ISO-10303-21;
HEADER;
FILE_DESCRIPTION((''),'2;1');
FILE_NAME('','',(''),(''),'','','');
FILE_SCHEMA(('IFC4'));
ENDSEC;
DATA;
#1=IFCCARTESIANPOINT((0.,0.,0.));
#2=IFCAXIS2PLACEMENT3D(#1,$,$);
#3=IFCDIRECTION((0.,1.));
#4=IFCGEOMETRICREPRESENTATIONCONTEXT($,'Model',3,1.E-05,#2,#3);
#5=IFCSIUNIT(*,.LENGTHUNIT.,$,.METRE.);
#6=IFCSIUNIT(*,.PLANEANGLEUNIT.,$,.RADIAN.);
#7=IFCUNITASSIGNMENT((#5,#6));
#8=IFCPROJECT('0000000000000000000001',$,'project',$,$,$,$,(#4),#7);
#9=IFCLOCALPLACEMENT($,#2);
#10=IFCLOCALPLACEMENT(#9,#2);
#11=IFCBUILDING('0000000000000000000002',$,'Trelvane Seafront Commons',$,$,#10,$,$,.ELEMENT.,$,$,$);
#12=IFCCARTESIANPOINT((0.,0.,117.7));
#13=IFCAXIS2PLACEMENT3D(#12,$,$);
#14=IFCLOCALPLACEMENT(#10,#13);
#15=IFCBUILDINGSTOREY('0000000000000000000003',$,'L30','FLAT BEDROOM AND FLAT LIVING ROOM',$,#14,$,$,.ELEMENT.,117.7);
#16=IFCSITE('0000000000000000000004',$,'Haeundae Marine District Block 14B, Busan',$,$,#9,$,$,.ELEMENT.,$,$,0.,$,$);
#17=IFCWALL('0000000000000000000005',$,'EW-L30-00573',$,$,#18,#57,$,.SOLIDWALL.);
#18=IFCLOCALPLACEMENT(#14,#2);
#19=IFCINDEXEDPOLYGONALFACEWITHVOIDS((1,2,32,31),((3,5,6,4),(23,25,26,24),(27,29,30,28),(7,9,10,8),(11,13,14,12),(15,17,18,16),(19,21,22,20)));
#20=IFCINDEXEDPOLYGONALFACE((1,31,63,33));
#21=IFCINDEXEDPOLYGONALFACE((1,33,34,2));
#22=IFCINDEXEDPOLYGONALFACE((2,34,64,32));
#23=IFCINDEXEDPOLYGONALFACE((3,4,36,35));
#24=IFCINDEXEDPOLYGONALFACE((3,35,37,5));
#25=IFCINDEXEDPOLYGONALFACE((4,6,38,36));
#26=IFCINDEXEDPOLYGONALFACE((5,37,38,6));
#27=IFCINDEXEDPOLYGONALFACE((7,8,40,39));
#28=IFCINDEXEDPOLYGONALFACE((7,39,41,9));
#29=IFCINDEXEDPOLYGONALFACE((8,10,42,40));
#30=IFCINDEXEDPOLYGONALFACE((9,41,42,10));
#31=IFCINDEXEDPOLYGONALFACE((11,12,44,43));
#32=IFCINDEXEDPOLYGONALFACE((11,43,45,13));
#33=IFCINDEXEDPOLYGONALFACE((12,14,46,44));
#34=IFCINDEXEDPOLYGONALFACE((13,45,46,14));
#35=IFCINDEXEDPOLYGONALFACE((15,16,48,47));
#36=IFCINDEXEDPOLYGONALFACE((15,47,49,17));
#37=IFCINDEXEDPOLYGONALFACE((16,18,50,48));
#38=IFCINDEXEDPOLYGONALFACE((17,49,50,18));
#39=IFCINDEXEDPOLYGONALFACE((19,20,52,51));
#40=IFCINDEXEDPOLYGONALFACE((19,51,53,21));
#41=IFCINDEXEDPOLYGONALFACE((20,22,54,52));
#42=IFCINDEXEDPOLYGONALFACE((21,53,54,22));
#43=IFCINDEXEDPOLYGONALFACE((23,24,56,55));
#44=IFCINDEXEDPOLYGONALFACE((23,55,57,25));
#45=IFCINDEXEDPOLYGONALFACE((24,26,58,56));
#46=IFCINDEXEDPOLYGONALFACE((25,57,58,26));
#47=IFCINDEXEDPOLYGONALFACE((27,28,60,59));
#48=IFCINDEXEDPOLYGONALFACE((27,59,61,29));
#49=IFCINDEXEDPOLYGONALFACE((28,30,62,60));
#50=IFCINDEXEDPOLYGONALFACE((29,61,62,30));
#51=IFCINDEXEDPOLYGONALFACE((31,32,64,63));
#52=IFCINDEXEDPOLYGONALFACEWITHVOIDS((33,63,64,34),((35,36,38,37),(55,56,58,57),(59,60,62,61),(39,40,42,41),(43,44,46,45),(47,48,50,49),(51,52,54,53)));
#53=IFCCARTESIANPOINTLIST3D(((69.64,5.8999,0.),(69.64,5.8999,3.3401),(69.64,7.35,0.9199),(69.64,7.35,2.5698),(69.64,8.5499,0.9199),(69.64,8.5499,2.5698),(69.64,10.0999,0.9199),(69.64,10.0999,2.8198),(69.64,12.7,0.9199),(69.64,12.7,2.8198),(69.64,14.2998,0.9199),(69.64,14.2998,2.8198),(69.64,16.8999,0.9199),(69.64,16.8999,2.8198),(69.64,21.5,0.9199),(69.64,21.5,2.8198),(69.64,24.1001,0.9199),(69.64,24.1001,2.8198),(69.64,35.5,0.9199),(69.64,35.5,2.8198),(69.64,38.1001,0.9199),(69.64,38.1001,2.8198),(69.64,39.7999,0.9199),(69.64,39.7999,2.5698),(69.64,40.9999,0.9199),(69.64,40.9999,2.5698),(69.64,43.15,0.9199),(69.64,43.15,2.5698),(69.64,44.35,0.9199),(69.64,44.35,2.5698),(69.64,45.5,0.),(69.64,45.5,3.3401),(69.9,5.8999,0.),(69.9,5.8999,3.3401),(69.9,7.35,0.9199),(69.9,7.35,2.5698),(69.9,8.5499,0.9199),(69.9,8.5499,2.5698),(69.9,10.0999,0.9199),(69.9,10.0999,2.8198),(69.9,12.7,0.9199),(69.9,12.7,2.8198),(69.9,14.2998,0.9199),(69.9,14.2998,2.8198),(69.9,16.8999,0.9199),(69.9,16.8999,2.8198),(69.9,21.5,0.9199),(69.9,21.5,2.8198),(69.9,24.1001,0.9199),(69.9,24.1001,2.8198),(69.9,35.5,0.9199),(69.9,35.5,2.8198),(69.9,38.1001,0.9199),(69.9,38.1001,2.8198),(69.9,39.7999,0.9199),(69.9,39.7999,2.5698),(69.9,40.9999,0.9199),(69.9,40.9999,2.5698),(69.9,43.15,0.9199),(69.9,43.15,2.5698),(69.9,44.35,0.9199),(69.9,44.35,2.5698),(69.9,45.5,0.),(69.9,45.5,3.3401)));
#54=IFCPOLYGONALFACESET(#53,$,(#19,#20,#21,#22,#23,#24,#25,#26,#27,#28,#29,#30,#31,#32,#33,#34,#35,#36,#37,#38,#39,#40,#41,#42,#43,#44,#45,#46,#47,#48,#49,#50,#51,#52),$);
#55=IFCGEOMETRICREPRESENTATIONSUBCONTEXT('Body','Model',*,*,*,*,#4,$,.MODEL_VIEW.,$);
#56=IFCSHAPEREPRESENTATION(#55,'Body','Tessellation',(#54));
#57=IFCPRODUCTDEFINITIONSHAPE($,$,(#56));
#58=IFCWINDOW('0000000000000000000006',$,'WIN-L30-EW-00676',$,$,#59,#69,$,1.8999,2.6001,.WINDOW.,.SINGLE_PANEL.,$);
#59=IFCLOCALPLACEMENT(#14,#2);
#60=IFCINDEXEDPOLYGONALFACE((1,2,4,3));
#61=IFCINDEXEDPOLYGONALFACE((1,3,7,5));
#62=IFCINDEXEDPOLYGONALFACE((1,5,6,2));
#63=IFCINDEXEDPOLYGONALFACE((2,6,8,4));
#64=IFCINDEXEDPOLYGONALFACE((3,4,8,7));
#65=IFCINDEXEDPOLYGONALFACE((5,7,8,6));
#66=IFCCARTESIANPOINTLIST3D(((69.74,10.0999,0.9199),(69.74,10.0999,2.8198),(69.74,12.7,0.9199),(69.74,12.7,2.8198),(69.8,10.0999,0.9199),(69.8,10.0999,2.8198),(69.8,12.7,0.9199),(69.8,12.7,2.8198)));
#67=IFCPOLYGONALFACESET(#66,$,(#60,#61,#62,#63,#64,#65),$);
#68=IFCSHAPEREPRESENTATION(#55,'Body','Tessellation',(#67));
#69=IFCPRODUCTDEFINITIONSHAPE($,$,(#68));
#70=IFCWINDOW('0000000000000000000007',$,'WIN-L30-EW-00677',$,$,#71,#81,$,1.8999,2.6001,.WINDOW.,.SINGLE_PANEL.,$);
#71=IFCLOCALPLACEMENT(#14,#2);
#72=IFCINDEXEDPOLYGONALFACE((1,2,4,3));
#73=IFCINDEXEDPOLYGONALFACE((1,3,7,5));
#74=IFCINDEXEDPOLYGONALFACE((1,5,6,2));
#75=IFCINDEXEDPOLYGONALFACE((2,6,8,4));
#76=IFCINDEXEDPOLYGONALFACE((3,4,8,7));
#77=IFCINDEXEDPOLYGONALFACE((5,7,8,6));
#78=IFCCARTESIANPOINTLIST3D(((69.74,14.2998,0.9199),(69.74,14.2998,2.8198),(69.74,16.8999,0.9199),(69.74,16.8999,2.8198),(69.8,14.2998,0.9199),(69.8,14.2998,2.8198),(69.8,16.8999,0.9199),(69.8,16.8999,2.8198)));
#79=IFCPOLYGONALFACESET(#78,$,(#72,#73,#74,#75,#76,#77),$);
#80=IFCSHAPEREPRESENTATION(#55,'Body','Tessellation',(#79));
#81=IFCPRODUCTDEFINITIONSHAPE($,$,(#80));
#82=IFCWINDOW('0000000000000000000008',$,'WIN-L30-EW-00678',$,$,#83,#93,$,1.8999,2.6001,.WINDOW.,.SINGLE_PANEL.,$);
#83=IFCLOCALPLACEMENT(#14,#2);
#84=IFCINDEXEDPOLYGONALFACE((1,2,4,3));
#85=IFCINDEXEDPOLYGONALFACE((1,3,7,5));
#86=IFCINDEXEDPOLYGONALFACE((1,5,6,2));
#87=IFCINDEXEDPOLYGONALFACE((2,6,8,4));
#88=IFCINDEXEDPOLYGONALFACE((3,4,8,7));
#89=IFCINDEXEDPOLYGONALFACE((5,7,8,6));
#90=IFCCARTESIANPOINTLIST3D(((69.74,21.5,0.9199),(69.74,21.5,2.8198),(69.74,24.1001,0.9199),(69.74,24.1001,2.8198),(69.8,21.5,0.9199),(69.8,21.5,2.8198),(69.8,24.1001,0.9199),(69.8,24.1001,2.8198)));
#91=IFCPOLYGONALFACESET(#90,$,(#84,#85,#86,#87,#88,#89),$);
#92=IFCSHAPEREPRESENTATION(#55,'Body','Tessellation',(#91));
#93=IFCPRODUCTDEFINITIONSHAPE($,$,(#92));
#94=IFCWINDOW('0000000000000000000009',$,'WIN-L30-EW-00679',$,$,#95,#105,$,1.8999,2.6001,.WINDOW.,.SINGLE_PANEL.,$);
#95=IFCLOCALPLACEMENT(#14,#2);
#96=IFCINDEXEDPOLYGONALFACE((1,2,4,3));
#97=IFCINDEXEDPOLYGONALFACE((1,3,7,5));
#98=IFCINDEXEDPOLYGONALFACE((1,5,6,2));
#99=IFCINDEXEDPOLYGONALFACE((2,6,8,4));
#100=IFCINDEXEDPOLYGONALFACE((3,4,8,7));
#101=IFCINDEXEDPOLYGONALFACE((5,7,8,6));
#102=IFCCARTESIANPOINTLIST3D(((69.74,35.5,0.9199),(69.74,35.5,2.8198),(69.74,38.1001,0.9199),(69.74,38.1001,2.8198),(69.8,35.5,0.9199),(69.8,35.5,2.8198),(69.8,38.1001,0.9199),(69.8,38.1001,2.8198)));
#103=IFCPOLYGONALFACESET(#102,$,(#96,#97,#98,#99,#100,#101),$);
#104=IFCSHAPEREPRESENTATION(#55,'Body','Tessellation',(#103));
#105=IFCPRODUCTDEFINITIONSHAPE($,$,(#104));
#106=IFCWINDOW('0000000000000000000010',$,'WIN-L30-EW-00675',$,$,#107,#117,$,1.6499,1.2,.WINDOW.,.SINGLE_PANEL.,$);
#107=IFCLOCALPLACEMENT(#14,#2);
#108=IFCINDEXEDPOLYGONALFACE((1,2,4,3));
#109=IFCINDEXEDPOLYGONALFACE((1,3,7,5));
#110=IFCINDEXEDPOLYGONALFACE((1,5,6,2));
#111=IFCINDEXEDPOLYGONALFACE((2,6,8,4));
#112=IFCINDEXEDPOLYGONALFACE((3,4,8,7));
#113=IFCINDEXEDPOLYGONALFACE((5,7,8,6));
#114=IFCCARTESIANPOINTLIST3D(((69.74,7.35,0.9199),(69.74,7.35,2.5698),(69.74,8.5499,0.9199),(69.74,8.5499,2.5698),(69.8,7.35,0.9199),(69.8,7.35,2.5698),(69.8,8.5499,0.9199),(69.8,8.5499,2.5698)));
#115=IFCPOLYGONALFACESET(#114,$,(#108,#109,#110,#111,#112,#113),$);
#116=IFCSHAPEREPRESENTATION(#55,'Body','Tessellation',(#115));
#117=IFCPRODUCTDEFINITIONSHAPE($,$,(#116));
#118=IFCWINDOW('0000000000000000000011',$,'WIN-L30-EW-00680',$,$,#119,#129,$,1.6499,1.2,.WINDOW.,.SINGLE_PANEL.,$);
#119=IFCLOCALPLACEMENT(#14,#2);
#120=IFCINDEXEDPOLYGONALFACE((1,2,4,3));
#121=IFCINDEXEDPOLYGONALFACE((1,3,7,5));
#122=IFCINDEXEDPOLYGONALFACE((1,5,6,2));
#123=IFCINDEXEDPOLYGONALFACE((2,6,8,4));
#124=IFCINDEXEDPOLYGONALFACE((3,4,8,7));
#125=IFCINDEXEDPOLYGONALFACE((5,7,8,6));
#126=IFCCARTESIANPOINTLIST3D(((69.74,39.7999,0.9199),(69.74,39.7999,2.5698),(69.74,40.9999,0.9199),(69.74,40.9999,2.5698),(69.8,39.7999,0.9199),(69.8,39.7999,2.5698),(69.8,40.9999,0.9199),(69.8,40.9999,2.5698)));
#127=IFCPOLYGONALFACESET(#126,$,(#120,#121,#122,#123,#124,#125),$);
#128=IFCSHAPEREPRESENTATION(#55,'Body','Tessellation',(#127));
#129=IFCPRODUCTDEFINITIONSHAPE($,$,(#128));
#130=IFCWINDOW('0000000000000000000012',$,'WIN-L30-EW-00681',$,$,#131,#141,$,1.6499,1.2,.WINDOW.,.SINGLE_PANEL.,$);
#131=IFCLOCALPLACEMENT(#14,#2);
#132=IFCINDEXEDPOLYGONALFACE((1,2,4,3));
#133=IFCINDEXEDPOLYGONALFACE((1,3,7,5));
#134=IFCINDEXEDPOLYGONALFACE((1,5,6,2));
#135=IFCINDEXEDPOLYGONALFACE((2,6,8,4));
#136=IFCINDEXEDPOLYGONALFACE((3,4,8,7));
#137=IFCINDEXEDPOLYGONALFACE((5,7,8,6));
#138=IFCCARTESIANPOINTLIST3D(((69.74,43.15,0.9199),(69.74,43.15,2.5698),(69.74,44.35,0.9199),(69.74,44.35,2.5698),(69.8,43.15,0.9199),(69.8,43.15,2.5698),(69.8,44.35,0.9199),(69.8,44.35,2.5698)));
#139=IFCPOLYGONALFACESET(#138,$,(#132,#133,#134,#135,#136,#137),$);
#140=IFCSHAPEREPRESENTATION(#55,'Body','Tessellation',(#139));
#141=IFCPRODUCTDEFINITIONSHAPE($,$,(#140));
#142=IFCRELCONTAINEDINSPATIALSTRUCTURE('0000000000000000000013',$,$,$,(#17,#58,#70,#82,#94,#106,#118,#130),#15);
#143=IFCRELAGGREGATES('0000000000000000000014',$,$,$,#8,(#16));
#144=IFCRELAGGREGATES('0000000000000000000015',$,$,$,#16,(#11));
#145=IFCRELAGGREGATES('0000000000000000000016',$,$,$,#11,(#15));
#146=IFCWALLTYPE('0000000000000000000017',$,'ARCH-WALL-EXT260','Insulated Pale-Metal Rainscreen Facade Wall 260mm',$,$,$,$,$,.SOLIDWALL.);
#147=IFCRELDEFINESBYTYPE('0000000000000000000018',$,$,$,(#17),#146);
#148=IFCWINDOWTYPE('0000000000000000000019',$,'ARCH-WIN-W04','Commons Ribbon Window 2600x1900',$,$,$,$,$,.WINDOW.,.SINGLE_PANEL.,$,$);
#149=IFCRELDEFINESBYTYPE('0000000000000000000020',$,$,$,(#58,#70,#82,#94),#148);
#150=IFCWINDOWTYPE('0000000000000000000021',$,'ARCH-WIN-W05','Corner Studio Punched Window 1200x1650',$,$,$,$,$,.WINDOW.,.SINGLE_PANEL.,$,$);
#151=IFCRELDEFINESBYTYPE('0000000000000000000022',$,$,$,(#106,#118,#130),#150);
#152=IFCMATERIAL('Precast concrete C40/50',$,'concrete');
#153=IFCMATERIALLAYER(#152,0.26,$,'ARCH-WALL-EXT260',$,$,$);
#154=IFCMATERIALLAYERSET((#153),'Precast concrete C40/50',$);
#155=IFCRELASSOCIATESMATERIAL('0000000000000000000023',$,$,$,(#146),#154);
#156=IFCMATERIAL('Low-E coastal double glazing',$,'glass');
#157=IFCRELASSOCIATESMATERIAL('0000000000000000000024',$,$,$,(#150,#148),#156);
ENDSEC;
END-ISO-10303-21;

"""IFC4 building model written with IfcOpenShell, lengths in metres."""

from ifc_helpers import new_model, si_unit, direction, frame, frame_2d, origin, place, context, subcontext, project, spatial, rectangle, extrude, source, transform, mapped, material, layer, layer_set, type_object, element, fill, save


model = new_model("IFC4")

# Units and contexts
model_context = context("Model", 3, precision=1e-05, world=origin(), true_north=direction((0.0, 1.0)))
body_context = subcontext(model_context, "Body", "Model", "MODEL_VIEW")
ifc_project = project(units=[si_unit("LENGTHUNIT", "METRE"), si_unit("PLANEANGLEUNIT", "RADIAN")], contexts=[model_context])

# Site, building, storey
site_placement = place(None, origin())
site = spatial("IfcSite", under=ifc_project, at=site_placement, Name="Haeundae Marine District Block 14B, Busan", CompositionType="ELEMENT", RefElevation=0.0)
building_placement = place(site_placement, origin())
building = spatial("IfcBuilding", under=site, at=building_placement, Name="Trelvane Seafront Commons", CompositionType="ELEMENT")
storey_placement = place(building_placement, frame((0.0, 0.0, 117.7)))
storey = spatial("IfcBuildingStorey", under=building, at=storey_placement, Name="L30", Description="FLAT BEDROOM AND FLAT LIVING ROOM", CompositionType="ELEMENT", Elevation=117.7)

# Shared definitions
ifc_material_1 = material(Name="Low-E coastal double glazing", Category="glass")

# Shared definitions
ifc_material_2 = material(Name="Precast concrete C40/50", Category="concrete")
ifc_layer_1 = layer(ifc_material_2, 0.26, Name="ARCH-WALL-EXT260")
ifc_layer_set_1 = layer_set([ifc_layer_1], Name="Precast concrete C40/50")
wall_type = type_object("IfcWallType", Name="ARCH-WALL-EXT260", Description="Insulated Pale-Metal Rainscreen Facade Wall 260mm", PredefinedType="SOLIDWALL", material=ifc_layer_set_1)
window_type_1 = type_object("IfcWindowType", Name="ARCH-WIN-W05", Description="Corner Studio Punched Window 1200x1650", PartitioningType="SINGLE_PANEL", PredefinedType="WINDOW", material=ifc_material_1)
shared_shape_1 = source(origin(), body_context, "Body", "SweptSolid", [
    extrude(rectangle(XDim=1.2, YDim=1.6499, at=frame_2d((0.6001, 0.825))), frame((0.0, 0.03, 0.0), z_axis=(0.0, -1.0, 0.0), x_axis=(1.0, 0.0, 0.0)), (0.0, 0.0, 1.0), 0.0601),
])

# Wall, openings, windows
wall_1_placement = place(storey_placement, frame((69.77, 45.5, 0.0), z_axis=(0.0, 0.0, 1.0), x_axis=(0.0, -1.0, 0.0)))
wall_1 = element("IfcWall", 1, at=wall_1_placement, inside=storey, type_object=wall_type, Name="EW-L30-00573", PredefinedType="SOLIDWALL", context=body_context, shape_type="SweptSolid", body=[
    extrude(rectangle(XDim=39.6001, YDim=0.26, at=frame_2d((19.8, 0.0))), origin(), (0.0, 0.0, 1.0), 3.3401),
])
opening_1_placement = place(wall_1_placement, frame((36.95, 0.0, 0.9199)))
opening_1 = element("IfcOpeningElement", 2, at=opening_1_placement, cuts=wall_1, PredefinedType="OPENING", context=body_context, shape_type="SweptSolid", body=[
    extrude(rectangle(XDim=1.2, YDim=1.6499, at=frame_2d((0.6001, 0.825))), frame((0.0, 0.1399, 0.0), z_axis=(0.0, -1.0, 0.0), x_axis=(1.0, 0.0, 0.0)), (0.0, 0.0, 1.0), 0.28),
])
opening_2_placement = place(wall_1_placement, frame((32.8, 0.0, 0.9199)))
opening_2 = element("IfcOpeningElement", 3, at=opening_2_placement, cuts=wall_1, PredefinedType="OPENING", context=body_context, shape_type="SweptSolid", body=[
    extrude(rectangle(XDim=2.6001, YDim=1.8999, at=frame_2d((1.3, 0.95))), frame((0.0, 0.1399, 0.0), z_axis=(0.0, -1.0, 0.0), x_axis=(1.0, 0.0, 0.0)), (0.0, 0.0, 1.0), 0.28),
])
opening_3_placement = place(wall_1_placement, frame((28.6001, 0.0, 0.9199)))
opening_3 = element("IfcOpeningElement", 4, at=opening_3_placement, cuts=wall_1, PredefinedType="OPENING", context=body_context, shape_type="SweptSolid", body=[
    extrude(rectangle(XDim=2.6001, YDim=1.8999, at=frame_2d((1.3, 0.95))), frame((0.0, 0.1399, 0.0), z_axis=(0.0, -1.0, 0.0), x_axis=(1.0, 0.0, 0.0)), (0.0, 0.0, 1.0), 0.28),
])
opening_4_placement = place(wall_1_placement, frame((21.3999, 0.0, 0.9199)))
opening_4 = element("IfcOpeningElement", 5, at=opening_4_placement, cuts=wall_1, PredefinedType="OPENING", context=body_context, shape_type="SweptSolid", body=[
    extrude(rectangle(XDim=2.6001, YDim=1.8999, at=frame_2d((1.3, 0.95))), frame((0.0, 0.1399, 0.0), z_axis=(0.0, -1.0, 0.0), x_axis=(1.0, 0.0, 0.0)), (0.0, 0.0, 1.0), 0.28),
])
opening_5_placement = place(wall_1_placement, frame((7.3999, 0.0, 0.9199)))
opening_5 = element("IfcOpeningElement", 6, at=opening_5_placement, cuts=wall_1, PredefinedType="OPENING", context=body_context, shape_type="SweptSolid", body=[
    extrude(rectangle(XDim=2.6001, YDim=1.8999, at=frame_2d((1.3, 0.95))), frame((0.0, 0.1399, 0.0), z_axis=(0.0, -1.0, 0.0), x_axis=(1.0, 0.0, 0.0)), (0.0, 0.0, 1.0), 0.28),
])
opening_6_placement = place(wall_1_placement, frame((4.5, 0.0, 0.9199)))
opening_6 = element("IfcOpeningElement", 7, at=opening_6_placement, cuts=wall_1, PredefinedType="OPENING", context=body_context, shape_type="SweptSolid", body=[
    extrude(rectangle(XDim=1.2, YDim=1.6499, at=frame_2d((0.6001, 0.825))), frame((0.0, 0.1399, 0.0), z_axis=(0.0, -1.0, 0.0), x_axis=(1.0, 0.0, 0.0)), (0.0, 0.0, 1.0), 0.28),
])
opening_7_placement = place(wall_1_placement, frame((1.1499, 0.0, 0.9199)))
opening_7 = element("IfcOpeningElement", 8, at=opening_7_placement, cuts=wall_1, PredefinedType="OPENING", context=body_context, shape_type="SweptSolid", body=[
    extrude(rectangle(XDim=1.2, YDim=1.6499, at=frame_2d((0.6001, 0.825))), frame((0.0, 0.1399, 0.0), z_axis=(0.0, -1.0, 0.0), x_axis=(1.0, 0.0, 0.0)), (0.0, 0.0, 1.0), 0.28),
])
window_type_2 = type_object("IfcWindowType", Name="ARCH-WIN-W04", Description="Commons Ribbon Window 2600x1900", PartitioningType="SINGLE_PANEL", PredefinedType="WINDOW", material=ifc_material_1)
shared_shape_2 = source(origin(), body_context, "Body", "SweptSolid", [
    extrude(rectangle(XDim=2.6001, YDim=1.8999, at=frame_2d((1.3, 0.95))), frame((0.0, 0.03, 0.0), z_axis=(0.0, -1.0, 0.0), x_axis=(1.0, 0.0, 0.0)), (0.0, 0.0, 1.0), 0.0601),
])
window_1_placement = place(opening_2_placement, origin())
window_1 = element("IfcWindow", 9, at=window_1_placement, inside=storey, type_object=window_type_2, Name="WIN-L30-EW-00676", OverallHeight=1.8999, OverallWidth=2.6001, PartitioningType="SINGLE_PANEL", PredefinedType="WINDOW", context=body_context, shape_type="MappedRepresentation", body=[
    mapped(shared_shape_2, transform((0.0, 0.0, 0.0), x_axis=(1.0, 0.0, 0.0), y_axis=(0.0, 1.0, 0.0), z_axis=(0.0, 0.0, 1.0), scale=1.0)),
])
fill(opening_2, window_1)
window_2_placement = place(opening_3_placement, origin())
window_2 = element("IfcWindow", 10, at=window_2_placement, inside=storey, type_object=window_type_2, Name="WIN-L30-EW-00677", OverallHeight=1.8999, OverallWidth=2.6001, PartitioningType="SINGLE_PANEL", PredefinedType="WINDOW", context=body_context, shape_type="MappedRepresentation", body=[
    mapped(shared_shape_2, transform((0.0, 0.0, 0.0), x_axis=(1.0, 0.0, 0.0), y_axis=(0.0, 1.0, 0.0), z_axis=(0.0, 0.0, 1.0), scale=1.0)),
])
fill(opening_3, window_2)
window_3_placement = place(opening_4_placement, origin())
window_3 = element("IfcWindow", 11, at=window_3_placement, inside=storey, type_object=window_type_2, Name="WIN-L30-EW-00678", OverallHeight=1.8999, OverallWidth=2.6001, PartitioningType="SINGLE_PANEL", PredefinedType="WINDOW", context=body_context, shape_type="MappedRepresentation", body=[
    mapped(shared_shape_2, transform((0.0, 0.0, 0.0), x_axis=(1.0, 0.0, 0.0), y_axis=(0.0, 1.0, 0.0), z_axis=(0.0, 0.0, 1.0), scale=1.0)),
])
fill(opening_4, window_3)
window_4_placement = place(opening_5_placement, origin())
window_4 = element("IfcWindow", 12, at=window_4_placement, inside=storey, type_object=window_type_2, Name="WIN-L30-EW-00679", OverallHeight=1.8999, OverallWidth=2.6001, PartitioningType="SINGLE_PANEL", PredefinedType="WINDOW", context=body_context, shape_type="MappedRepresentation", body=[
    mapped(shared_shape_2, transform((0.0, 0.0, 0.0), x_axis=(1.0, 0.0, 0.0), y_axis=(0.0, 1.0, 0.0), z_axis=(0.0, 0.0, 1.0), scale=1.0)),
])
fill(opening_5, window_4)
window_5_placement = place(opening_1_placement, origin())
window_5 = element("IfcWindow", 13, at=window_5_placement, inside=storey, type_object=window_type_1, Name="WIN-L30-EW-00675", OverallHeight=1.6499, OverallWidth=1.2, PartitioningType="SINGLE_PANEL", PredefinedType="WINDOW", context=body_context, shape_type="MappedRepresentation", body=[
    mapped(shared_shape_1, transform((0.0, 0.0, 0.0), x_axis=(1.0, 0.0, 0.0), y_axis=(0.0, 1.0, 0.0), z_axis=(0.0, 0.0, 1.0), scale=1.0)),
])
fill(opening_1, window_5)
window_6_placement = place(opening_6_placement, origin())
window_6 = element("IfcWindow", 14, at=window_6_placement, inside=storey, type_object=window_type_1, Name="WIN-L30-EW-00680", OverallHeight=1.6499, OverallWidth=1.2, PartitioningType="SINGLE_PANEL", PredefinedType="WINDOW", context=body_context, shape_type="MappedRepresentation", body=[
    mapped(shared_shape_1, transform((0.0, 0.0, 0.0), x_axis=(1.0, 0.0, 0.0), y_axis=(0.0, 1.0, 0.0), z_axis=(0.0, 0.0, 1.0), scale=1.0)),
])
fill(opening_6, window_6)
window_7_placement = place(opening_7_placement, origin())
window_7 = element("IfcWindow", 15, at=window_7_placement, inside=storey, type_object=window_type_1, Name="WIN-L30-EW-00681", OverallHeight=1.6499, OverallWidth=1.2, PartitioningType="SINGLE_PANEL", PredefinedType="WINDOW", context=body_context, shape_type="MappedRepresentation", body=[
    mapped(shared_shape_1, transform((0.0, 0.0, 0.0), x_axis=(1.0, 0.0, 0.0), y_axis=(0.0, 1.0, 0.0), z_axis=(0.0, 0.0, 1.0), scale=1.0)),
])
fill(opening_7, window_7)

save(model, "model.ifc")
